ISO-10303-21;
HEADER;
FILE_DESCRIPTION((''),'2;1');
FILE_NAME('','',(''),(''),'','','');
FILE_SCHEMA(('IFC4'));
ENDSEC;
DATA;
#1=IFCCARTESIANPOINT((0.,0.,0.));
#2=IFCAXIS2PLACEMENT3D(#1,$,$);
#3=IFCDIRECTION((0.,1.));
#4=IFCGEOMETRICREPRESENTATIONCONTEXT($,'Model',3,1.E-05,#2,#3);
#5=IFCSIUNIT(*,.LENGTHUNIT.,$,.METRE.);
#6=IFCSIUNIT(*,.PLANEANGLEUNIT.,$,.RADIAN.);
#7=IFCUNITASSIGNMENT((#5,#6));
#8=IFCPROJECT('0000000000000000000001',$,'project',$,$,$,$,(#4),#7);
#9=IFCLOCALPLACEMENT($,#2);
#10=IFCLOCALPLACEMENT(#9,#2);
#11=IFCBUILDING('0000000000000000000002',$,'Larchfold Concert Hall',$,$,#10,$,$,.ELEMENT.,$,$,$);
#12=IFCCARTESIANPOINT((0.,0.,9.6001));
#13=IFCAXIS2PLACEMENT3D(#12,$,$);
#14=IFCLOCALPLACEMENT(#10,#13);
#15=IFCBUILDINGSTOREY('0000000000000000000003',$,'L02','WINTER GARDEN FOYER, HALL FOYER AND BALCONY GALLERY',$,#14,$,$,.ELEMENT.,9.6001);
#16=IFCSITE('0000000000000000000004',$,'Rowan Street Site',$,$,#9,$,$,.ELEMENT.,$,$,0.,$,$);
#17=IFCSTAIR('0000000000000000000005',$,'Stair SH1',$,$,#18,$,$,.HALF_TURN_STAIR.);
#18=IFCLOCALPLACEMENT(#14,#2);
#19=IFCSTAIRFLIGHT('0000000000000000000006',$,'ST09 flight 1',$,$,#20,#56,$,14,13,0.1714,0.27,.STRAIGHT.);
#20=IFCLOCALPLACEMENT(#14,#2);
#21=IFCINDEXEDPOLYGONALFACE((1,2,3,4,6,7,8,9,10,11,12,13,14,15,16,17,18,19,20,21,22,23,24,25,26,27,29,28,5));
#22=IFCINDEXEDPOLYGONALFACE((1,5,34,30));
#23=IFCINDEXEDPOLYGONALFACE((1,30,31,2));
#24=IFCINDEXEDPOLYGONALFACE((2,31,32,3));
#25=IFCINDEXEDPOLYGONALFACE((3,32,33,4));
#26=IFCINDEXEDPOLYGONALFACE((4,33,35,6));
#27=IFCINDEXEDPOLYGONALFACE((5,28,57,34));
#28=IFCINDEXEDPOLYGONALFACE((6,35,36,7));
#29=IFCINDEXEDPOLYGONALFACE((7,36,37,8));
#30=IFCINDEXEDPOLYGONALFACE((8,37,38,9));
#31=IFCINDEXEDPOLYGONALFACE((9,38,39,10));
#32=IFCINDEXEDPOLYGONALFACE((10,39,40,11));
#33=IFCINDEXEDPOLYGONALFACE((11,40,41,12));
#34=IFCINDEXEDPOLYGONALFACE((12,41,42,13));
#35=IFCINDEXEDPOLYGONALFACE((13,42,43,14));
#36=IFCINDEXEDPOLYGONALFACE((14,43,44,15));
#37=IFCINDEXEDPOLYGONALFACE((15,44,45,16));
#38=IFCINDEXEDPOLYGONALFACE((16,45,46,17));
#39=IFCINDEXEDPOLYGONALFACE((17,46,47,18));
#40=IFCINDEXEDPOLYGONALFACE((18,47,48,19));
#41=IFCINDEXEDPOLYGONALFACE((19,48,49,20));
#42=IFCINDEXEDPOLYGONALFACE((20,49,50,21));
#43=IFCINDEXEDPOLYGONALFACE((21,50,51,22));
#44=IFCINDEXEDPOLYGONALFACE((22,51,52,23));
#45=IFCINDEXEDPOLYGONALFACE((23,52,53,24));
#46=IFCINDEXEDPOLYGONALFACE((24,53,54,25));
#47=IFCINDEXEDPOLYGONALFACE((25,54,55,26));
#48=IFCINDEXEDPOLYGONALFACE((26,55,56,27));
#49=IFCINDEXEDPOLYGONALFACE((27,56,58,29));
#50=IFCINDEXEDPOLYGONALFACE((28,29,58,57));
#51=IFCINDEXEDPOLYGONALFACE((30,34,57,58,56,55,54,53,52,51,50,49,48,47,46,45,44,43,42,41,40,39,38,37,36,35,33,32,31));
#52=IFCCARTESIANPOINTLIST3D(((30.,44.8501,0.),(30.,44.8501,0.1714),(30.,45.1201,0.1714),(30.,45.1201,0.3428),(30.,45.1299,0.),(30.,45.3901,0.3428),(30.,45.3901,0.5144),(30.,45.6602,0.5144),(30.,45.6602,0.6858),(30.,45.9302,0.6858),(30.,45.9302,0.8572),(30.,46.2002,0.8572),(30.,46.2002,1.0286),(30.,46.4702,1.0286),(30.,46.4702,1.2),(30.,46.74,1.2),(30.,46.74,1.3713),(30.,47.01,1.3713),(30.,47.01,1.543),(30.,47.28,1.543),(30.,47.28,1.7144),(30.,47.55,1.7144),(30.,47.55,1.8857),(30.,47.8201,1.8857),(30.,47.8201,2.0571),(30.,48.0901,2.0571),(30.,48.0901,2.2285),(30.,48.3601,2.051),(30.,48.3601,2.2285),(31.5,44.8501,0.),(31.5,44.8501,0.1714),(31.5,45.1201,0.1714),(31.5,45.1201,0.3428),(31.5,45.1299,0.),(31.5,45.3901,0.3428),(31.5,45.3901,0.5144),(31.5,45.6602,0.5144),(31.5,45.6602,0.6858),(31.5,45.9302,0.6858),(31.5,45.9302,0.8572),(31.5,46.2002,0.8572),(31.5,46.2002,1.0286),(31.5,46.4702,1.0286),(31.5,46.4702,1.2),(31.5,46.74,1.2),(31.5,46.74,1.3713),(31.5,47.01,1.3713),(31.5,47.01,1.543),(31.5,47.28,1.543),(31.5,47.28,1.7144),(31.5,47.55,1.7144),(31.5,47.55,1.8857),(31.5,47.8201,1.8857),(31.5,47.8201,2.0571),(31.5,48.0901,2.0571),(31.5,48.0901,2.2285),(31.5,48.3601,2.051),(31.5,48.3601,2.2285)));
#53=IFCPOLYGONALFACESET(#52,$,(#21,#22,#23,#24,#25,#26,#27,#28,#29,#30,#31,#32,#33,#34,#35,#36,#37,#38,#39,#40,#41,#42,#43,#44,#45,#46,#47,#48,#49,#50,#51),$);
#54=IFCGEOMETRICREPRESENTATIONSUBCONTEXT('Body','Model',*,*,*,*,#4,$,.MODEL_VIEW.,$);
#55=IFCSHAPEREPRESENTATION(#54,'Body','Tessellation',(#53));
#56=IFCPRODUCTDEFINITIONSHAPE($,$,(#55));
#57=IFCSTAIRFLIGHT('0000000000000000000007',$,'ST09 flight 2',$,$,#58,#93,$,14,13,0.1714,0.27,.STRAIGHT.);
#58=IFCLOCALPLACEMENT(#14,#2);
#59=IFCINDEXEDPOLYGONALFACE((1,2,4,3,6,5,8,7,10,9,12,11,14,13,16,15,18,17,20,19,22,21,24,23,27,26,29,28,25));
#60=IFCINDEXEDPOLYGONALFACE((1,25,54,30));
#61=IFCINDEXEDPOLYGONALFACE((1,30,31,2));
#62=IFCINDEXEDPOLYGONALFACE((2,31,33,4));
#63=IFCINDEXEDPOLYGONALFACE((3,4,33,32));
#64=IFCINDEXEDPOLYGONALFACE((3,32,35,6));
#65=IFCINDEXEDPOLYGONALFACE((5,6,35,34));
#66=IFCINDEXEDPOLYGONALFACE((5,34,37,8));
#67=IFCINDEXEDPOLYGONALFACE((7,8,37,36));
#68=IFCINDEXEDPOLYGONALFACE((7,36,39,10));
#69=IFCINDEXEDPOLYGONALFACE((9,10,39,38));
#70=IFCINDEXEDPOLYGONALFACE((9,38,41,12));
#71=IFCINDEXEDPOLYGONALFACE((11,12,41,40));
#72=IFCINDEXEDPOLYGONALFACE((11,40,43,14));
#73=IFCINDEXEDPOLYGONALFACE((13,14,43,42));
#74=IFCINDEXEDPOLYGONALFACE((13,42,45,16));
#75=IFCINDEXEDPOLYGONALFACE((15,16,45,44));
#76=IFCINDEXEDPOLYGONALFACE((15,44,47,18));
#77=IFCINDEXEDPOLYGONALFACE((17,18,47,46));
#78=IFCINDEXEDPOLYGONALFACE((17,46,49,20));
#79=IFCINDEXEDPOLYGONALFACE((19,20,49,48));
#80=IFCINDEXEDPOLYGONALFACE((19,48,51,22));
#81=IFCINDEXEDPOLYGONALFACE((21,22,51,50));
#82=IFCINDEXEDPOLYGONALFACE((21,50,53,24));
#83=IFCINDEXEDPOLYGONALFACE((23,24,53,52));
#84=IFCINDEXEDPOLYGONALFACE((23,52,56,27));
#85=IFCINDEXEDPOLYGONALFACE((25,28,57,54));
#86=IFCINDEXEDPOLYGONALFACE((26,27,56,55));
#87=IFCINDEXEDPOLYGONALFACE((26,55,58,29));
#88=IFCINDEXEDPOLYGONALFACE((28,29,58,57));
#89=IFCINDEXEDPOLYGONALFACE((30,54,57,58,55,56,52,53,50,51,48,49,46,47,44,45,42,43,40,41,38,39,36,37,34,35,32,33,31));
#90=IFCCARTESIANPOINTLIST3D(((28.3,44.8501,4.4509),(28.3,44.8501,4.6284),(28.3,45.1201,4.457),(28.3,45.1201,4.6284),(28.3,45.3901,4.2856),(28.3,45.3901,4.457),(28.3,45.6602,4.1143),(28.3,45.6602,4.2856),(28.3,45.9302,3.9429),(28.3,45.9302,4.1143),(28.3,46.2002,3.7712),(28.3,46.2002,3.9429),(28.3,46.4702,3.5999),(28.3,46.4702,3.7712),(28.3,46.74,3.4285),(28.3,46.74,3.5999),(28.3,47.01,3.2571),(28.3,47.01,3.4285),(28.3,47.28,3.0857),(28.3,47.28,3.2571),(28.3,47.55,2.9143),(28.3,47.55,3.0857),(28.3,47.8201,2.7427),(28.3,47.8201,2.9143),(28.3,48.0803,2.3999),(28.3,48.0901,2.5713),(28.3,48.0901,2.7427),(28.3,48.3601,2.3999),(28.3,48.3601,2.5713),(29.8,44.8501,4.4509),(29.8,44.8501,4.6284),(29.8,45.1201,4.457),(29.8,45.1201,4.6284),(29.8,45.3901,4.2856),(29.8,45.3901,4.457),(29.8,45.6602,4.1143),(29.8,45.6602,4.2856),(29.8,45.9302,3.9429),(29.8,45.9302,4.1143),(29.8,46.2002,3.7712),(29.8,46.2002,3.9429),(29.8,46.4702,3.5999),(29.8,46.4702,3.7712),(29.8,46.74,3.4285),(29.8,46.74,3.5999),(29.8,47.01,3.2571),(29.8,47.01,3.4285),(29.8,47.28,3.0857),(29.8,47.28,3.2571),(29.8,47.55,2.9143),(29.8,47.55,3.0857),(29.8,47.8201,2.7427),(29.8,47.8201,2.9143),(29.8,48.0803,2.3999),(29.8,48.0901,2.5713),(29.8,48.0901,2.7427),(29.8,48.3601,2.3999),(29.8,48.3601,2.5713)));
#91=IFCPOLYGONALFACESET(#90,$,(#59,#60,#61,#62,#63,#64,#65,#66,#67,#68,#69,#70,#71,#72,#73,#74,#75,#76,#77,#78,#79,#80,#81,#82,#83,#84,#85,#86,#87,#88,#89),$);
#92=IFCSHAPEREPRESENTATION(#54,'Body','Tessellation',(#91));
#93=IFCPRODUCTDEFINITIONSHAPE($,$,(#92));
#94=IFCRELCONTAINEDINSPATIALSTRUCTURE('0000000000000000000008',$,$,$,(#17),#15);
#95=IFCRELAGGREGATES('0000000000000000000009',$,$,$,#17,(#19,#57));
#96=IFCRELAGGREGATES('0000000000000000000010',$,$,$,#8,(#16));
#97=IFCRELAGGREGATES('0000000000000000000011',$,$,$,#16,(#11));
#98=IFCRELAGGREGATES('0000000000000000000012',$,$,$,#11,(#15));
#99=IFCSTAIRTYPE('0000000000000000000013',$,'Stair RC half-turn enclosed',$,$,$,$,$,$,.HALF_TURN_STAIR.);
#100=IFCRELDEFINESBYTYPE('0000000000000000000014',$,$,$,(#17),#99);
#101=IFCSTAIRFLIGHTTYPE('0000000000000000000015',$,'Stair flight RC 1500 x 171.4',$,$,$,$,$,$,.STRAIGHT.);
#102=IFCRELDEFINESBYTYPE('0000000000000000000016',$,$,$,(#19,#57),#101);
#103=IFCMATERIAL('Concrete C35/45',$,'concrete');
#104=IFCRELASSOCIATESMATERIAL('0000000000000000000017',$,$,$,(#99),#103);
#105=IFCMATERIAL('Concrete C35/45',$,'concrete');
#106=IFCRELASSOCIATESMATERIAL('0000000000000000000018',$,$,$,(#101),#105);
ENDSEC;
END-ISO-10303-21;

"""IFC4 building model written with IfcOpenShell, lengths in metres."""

from ifc_helpers import new_model, si_unit, direction, frame, origin, place, context, subcontext, project, spatial, polyline, outline, extrude, material, type_object, element, aggregate, save


model = new_model("IFC4")

# Units and contexts
model_context = context("Model", 3, precision=1e-05, world=origin(), true_north=direction((0.0, 1.0)))
body_context = subcontext(model_context, "Body", "Model", "MODEL_VIEW")
ifc_project = project(units=[si_unit("LENGTHUNIT", "METRE"), si_unit("PLANEANGLEUNIT", "RADIAN")], contexts=[model_context])

# Site, building, storey
site_placement = place(None, origin())
site = spatial("IfcSite", under=ifc_project, at=site_placement, Name="Rowan Street Site", CompositionType="ELEMENT", RefElevation=0.0)
building_placement = place(site_placement, origin())
building = spatial("IfcBuilding", under=site, at=building_placement, Name="Larchfold Concert Hall", CompositionType="ELEMENT")
storey_placement = place(building_placement, frame((0.0, 0.0, 9.6001)))
storey = spatial("IfcBuildingStorey", under=building, at=storey_placement, Name="L02", Description="WINTER GARDEN FOYER, HALL FOYER AND BALCONY GALLERY", CompositionType="ELEMENT", Elevation=9.6001)

# Stair, stair flights
ifc_material_1 = material(Name="Concrete C35/45", Category="concrete")
stair_type = type_object("IfcStairType", Name="Stair RC half-turn enclosed", PredefinedType="HALF_TURN_STAIR", material=ifc_material_1)
stair_placement = place(storey_placement, origin())
stair = element("IfcStair", 1, at=stair_placement, inside=storey, type_object=stair_type, Name="Stair SH1", PredefinedType="HALF_TURN_STAIR")
ifc_material_2 = material(Name="Concrete C35/45", Category="concrete")
stair_flight_type = type_object("IfcStairFlightType", Name="Stair flight RC 1500 x 171.4", PredefinedType="STRAIGHT", material=ifc_material_2)
stair_flight_1_placement = place(storey_placement, frame((30.75, 44.8501, 0.0), z_axis=(0.0, 0.0, 1.0), x_axis=(0.0, 1.0, 0.0)))
stair_flight_1 = element("IfcStairFlight", 2, at=stair_flight_1_placement, type_object=stair_flight_type, Name="ST09 flight 1", NumberOfRisers=14, NumberOfTreads=13, PredefinedType="STRAIGHT", RiserHeight=0.1714, TreadLength=0.27, context=body_context, shape_type="SweptSolid", body=[
    extrude(outline(polyline([(0.0, 0.0), (0.0, 0.1714), (0.27, 0.1714), (0.27, 0.3428), (0.54, 0.3428), (0.54, 0.5144), (0.8101, 0.5144), (0.8101, 0.6858), (1.0801, 0.6858), (1.0801, 0.8572), (1.3501, 0.8572), (1.3501, 1.0286), (1.6201, 1.0286), (1.6201, 1.2), (1.8899, 1.2), (1.8899, 1.3713), (2.1599, 1.3713), (2.1599, 1.543), (2.4299, 1.543), (2.4299, 1.7144), (2.7, 1.7144), (2.7, 1.8857), (2.97, 1.8857), (2.97, 2.0571), (3.24, 2.0571), (3.24, 2.2285), (3.51, 2.2285), (3.51, 2.3999), (3.51, 2.051), (0.2798, 0.0), (0.0, 0.0)])), frame((0.0, 0.75, 0.0), z_axis=(0.0, -1.0, 0.0), x_axis=(1.0, 0.0, 0.0)), (0.0, 0.0, 1.0), 1.5),
])
stair_flight_2_placement = place(storey_placement, frame((29.05, 48.3601, 2.3999), z_axis=(0.0, 0.0, 1.0), x_axis=(0.0, -1.0, 0.0)))
stair_flight_2 = element("IfcStairFlight", 3, at=stair_flight_2_placement, type_object=stair_flight_type, Name="ST09 flight 2", NumberOfRisers=14, NumberOfTreads=13, PredefinedType="STRAIGHT", RiserHeight=0.1714, TreadLength=0.27, context=body_context, shape_type="SweptSolid", body=[
    extrude(outline(polyline([(0.0, 0.0), (0.0, 0.1714), (0.27, 0.1714), (0.27, 0.3428), (0.54, 0.3428), (0.54, 0.5144), (0.8101, 0.5144), (0.8101, 0.6858), (1.0801, 0.6858), (1.0801, 0.8572), (1.3501, 0.8572), (1.3501, 1.0286), (1.6201, 1.0286), (1.6201, 1.2), (1.8899, 1.2), (1.8899, 1.3713), (2.1599, 1.3713), (2.1599, 1.543), (2.4299, 1.543), (2.4299, 1.7144), (2.7, 1.7144), (2.7, 1.8857), (2.97, 1.8857), (2.97, 2.0571), (3.24, 2.0571), (3.24, 2.2285), (3.51, 2.2285), (3.51, 2.3999), (3.51, 2.051), (0.2798, 0.0), (0.0, 0.0)])), frame((0.0, 0.75, 0.0), z_axis=(0.0, -1.0, 0.0), x_axis=(1.0, 0.0, 0.0)), (0.0, 0.0, 1.0), 1.5),
])
aggregate(stair, [stair_flight_1, stair_flight_2])

save(model, "model.ifc")
